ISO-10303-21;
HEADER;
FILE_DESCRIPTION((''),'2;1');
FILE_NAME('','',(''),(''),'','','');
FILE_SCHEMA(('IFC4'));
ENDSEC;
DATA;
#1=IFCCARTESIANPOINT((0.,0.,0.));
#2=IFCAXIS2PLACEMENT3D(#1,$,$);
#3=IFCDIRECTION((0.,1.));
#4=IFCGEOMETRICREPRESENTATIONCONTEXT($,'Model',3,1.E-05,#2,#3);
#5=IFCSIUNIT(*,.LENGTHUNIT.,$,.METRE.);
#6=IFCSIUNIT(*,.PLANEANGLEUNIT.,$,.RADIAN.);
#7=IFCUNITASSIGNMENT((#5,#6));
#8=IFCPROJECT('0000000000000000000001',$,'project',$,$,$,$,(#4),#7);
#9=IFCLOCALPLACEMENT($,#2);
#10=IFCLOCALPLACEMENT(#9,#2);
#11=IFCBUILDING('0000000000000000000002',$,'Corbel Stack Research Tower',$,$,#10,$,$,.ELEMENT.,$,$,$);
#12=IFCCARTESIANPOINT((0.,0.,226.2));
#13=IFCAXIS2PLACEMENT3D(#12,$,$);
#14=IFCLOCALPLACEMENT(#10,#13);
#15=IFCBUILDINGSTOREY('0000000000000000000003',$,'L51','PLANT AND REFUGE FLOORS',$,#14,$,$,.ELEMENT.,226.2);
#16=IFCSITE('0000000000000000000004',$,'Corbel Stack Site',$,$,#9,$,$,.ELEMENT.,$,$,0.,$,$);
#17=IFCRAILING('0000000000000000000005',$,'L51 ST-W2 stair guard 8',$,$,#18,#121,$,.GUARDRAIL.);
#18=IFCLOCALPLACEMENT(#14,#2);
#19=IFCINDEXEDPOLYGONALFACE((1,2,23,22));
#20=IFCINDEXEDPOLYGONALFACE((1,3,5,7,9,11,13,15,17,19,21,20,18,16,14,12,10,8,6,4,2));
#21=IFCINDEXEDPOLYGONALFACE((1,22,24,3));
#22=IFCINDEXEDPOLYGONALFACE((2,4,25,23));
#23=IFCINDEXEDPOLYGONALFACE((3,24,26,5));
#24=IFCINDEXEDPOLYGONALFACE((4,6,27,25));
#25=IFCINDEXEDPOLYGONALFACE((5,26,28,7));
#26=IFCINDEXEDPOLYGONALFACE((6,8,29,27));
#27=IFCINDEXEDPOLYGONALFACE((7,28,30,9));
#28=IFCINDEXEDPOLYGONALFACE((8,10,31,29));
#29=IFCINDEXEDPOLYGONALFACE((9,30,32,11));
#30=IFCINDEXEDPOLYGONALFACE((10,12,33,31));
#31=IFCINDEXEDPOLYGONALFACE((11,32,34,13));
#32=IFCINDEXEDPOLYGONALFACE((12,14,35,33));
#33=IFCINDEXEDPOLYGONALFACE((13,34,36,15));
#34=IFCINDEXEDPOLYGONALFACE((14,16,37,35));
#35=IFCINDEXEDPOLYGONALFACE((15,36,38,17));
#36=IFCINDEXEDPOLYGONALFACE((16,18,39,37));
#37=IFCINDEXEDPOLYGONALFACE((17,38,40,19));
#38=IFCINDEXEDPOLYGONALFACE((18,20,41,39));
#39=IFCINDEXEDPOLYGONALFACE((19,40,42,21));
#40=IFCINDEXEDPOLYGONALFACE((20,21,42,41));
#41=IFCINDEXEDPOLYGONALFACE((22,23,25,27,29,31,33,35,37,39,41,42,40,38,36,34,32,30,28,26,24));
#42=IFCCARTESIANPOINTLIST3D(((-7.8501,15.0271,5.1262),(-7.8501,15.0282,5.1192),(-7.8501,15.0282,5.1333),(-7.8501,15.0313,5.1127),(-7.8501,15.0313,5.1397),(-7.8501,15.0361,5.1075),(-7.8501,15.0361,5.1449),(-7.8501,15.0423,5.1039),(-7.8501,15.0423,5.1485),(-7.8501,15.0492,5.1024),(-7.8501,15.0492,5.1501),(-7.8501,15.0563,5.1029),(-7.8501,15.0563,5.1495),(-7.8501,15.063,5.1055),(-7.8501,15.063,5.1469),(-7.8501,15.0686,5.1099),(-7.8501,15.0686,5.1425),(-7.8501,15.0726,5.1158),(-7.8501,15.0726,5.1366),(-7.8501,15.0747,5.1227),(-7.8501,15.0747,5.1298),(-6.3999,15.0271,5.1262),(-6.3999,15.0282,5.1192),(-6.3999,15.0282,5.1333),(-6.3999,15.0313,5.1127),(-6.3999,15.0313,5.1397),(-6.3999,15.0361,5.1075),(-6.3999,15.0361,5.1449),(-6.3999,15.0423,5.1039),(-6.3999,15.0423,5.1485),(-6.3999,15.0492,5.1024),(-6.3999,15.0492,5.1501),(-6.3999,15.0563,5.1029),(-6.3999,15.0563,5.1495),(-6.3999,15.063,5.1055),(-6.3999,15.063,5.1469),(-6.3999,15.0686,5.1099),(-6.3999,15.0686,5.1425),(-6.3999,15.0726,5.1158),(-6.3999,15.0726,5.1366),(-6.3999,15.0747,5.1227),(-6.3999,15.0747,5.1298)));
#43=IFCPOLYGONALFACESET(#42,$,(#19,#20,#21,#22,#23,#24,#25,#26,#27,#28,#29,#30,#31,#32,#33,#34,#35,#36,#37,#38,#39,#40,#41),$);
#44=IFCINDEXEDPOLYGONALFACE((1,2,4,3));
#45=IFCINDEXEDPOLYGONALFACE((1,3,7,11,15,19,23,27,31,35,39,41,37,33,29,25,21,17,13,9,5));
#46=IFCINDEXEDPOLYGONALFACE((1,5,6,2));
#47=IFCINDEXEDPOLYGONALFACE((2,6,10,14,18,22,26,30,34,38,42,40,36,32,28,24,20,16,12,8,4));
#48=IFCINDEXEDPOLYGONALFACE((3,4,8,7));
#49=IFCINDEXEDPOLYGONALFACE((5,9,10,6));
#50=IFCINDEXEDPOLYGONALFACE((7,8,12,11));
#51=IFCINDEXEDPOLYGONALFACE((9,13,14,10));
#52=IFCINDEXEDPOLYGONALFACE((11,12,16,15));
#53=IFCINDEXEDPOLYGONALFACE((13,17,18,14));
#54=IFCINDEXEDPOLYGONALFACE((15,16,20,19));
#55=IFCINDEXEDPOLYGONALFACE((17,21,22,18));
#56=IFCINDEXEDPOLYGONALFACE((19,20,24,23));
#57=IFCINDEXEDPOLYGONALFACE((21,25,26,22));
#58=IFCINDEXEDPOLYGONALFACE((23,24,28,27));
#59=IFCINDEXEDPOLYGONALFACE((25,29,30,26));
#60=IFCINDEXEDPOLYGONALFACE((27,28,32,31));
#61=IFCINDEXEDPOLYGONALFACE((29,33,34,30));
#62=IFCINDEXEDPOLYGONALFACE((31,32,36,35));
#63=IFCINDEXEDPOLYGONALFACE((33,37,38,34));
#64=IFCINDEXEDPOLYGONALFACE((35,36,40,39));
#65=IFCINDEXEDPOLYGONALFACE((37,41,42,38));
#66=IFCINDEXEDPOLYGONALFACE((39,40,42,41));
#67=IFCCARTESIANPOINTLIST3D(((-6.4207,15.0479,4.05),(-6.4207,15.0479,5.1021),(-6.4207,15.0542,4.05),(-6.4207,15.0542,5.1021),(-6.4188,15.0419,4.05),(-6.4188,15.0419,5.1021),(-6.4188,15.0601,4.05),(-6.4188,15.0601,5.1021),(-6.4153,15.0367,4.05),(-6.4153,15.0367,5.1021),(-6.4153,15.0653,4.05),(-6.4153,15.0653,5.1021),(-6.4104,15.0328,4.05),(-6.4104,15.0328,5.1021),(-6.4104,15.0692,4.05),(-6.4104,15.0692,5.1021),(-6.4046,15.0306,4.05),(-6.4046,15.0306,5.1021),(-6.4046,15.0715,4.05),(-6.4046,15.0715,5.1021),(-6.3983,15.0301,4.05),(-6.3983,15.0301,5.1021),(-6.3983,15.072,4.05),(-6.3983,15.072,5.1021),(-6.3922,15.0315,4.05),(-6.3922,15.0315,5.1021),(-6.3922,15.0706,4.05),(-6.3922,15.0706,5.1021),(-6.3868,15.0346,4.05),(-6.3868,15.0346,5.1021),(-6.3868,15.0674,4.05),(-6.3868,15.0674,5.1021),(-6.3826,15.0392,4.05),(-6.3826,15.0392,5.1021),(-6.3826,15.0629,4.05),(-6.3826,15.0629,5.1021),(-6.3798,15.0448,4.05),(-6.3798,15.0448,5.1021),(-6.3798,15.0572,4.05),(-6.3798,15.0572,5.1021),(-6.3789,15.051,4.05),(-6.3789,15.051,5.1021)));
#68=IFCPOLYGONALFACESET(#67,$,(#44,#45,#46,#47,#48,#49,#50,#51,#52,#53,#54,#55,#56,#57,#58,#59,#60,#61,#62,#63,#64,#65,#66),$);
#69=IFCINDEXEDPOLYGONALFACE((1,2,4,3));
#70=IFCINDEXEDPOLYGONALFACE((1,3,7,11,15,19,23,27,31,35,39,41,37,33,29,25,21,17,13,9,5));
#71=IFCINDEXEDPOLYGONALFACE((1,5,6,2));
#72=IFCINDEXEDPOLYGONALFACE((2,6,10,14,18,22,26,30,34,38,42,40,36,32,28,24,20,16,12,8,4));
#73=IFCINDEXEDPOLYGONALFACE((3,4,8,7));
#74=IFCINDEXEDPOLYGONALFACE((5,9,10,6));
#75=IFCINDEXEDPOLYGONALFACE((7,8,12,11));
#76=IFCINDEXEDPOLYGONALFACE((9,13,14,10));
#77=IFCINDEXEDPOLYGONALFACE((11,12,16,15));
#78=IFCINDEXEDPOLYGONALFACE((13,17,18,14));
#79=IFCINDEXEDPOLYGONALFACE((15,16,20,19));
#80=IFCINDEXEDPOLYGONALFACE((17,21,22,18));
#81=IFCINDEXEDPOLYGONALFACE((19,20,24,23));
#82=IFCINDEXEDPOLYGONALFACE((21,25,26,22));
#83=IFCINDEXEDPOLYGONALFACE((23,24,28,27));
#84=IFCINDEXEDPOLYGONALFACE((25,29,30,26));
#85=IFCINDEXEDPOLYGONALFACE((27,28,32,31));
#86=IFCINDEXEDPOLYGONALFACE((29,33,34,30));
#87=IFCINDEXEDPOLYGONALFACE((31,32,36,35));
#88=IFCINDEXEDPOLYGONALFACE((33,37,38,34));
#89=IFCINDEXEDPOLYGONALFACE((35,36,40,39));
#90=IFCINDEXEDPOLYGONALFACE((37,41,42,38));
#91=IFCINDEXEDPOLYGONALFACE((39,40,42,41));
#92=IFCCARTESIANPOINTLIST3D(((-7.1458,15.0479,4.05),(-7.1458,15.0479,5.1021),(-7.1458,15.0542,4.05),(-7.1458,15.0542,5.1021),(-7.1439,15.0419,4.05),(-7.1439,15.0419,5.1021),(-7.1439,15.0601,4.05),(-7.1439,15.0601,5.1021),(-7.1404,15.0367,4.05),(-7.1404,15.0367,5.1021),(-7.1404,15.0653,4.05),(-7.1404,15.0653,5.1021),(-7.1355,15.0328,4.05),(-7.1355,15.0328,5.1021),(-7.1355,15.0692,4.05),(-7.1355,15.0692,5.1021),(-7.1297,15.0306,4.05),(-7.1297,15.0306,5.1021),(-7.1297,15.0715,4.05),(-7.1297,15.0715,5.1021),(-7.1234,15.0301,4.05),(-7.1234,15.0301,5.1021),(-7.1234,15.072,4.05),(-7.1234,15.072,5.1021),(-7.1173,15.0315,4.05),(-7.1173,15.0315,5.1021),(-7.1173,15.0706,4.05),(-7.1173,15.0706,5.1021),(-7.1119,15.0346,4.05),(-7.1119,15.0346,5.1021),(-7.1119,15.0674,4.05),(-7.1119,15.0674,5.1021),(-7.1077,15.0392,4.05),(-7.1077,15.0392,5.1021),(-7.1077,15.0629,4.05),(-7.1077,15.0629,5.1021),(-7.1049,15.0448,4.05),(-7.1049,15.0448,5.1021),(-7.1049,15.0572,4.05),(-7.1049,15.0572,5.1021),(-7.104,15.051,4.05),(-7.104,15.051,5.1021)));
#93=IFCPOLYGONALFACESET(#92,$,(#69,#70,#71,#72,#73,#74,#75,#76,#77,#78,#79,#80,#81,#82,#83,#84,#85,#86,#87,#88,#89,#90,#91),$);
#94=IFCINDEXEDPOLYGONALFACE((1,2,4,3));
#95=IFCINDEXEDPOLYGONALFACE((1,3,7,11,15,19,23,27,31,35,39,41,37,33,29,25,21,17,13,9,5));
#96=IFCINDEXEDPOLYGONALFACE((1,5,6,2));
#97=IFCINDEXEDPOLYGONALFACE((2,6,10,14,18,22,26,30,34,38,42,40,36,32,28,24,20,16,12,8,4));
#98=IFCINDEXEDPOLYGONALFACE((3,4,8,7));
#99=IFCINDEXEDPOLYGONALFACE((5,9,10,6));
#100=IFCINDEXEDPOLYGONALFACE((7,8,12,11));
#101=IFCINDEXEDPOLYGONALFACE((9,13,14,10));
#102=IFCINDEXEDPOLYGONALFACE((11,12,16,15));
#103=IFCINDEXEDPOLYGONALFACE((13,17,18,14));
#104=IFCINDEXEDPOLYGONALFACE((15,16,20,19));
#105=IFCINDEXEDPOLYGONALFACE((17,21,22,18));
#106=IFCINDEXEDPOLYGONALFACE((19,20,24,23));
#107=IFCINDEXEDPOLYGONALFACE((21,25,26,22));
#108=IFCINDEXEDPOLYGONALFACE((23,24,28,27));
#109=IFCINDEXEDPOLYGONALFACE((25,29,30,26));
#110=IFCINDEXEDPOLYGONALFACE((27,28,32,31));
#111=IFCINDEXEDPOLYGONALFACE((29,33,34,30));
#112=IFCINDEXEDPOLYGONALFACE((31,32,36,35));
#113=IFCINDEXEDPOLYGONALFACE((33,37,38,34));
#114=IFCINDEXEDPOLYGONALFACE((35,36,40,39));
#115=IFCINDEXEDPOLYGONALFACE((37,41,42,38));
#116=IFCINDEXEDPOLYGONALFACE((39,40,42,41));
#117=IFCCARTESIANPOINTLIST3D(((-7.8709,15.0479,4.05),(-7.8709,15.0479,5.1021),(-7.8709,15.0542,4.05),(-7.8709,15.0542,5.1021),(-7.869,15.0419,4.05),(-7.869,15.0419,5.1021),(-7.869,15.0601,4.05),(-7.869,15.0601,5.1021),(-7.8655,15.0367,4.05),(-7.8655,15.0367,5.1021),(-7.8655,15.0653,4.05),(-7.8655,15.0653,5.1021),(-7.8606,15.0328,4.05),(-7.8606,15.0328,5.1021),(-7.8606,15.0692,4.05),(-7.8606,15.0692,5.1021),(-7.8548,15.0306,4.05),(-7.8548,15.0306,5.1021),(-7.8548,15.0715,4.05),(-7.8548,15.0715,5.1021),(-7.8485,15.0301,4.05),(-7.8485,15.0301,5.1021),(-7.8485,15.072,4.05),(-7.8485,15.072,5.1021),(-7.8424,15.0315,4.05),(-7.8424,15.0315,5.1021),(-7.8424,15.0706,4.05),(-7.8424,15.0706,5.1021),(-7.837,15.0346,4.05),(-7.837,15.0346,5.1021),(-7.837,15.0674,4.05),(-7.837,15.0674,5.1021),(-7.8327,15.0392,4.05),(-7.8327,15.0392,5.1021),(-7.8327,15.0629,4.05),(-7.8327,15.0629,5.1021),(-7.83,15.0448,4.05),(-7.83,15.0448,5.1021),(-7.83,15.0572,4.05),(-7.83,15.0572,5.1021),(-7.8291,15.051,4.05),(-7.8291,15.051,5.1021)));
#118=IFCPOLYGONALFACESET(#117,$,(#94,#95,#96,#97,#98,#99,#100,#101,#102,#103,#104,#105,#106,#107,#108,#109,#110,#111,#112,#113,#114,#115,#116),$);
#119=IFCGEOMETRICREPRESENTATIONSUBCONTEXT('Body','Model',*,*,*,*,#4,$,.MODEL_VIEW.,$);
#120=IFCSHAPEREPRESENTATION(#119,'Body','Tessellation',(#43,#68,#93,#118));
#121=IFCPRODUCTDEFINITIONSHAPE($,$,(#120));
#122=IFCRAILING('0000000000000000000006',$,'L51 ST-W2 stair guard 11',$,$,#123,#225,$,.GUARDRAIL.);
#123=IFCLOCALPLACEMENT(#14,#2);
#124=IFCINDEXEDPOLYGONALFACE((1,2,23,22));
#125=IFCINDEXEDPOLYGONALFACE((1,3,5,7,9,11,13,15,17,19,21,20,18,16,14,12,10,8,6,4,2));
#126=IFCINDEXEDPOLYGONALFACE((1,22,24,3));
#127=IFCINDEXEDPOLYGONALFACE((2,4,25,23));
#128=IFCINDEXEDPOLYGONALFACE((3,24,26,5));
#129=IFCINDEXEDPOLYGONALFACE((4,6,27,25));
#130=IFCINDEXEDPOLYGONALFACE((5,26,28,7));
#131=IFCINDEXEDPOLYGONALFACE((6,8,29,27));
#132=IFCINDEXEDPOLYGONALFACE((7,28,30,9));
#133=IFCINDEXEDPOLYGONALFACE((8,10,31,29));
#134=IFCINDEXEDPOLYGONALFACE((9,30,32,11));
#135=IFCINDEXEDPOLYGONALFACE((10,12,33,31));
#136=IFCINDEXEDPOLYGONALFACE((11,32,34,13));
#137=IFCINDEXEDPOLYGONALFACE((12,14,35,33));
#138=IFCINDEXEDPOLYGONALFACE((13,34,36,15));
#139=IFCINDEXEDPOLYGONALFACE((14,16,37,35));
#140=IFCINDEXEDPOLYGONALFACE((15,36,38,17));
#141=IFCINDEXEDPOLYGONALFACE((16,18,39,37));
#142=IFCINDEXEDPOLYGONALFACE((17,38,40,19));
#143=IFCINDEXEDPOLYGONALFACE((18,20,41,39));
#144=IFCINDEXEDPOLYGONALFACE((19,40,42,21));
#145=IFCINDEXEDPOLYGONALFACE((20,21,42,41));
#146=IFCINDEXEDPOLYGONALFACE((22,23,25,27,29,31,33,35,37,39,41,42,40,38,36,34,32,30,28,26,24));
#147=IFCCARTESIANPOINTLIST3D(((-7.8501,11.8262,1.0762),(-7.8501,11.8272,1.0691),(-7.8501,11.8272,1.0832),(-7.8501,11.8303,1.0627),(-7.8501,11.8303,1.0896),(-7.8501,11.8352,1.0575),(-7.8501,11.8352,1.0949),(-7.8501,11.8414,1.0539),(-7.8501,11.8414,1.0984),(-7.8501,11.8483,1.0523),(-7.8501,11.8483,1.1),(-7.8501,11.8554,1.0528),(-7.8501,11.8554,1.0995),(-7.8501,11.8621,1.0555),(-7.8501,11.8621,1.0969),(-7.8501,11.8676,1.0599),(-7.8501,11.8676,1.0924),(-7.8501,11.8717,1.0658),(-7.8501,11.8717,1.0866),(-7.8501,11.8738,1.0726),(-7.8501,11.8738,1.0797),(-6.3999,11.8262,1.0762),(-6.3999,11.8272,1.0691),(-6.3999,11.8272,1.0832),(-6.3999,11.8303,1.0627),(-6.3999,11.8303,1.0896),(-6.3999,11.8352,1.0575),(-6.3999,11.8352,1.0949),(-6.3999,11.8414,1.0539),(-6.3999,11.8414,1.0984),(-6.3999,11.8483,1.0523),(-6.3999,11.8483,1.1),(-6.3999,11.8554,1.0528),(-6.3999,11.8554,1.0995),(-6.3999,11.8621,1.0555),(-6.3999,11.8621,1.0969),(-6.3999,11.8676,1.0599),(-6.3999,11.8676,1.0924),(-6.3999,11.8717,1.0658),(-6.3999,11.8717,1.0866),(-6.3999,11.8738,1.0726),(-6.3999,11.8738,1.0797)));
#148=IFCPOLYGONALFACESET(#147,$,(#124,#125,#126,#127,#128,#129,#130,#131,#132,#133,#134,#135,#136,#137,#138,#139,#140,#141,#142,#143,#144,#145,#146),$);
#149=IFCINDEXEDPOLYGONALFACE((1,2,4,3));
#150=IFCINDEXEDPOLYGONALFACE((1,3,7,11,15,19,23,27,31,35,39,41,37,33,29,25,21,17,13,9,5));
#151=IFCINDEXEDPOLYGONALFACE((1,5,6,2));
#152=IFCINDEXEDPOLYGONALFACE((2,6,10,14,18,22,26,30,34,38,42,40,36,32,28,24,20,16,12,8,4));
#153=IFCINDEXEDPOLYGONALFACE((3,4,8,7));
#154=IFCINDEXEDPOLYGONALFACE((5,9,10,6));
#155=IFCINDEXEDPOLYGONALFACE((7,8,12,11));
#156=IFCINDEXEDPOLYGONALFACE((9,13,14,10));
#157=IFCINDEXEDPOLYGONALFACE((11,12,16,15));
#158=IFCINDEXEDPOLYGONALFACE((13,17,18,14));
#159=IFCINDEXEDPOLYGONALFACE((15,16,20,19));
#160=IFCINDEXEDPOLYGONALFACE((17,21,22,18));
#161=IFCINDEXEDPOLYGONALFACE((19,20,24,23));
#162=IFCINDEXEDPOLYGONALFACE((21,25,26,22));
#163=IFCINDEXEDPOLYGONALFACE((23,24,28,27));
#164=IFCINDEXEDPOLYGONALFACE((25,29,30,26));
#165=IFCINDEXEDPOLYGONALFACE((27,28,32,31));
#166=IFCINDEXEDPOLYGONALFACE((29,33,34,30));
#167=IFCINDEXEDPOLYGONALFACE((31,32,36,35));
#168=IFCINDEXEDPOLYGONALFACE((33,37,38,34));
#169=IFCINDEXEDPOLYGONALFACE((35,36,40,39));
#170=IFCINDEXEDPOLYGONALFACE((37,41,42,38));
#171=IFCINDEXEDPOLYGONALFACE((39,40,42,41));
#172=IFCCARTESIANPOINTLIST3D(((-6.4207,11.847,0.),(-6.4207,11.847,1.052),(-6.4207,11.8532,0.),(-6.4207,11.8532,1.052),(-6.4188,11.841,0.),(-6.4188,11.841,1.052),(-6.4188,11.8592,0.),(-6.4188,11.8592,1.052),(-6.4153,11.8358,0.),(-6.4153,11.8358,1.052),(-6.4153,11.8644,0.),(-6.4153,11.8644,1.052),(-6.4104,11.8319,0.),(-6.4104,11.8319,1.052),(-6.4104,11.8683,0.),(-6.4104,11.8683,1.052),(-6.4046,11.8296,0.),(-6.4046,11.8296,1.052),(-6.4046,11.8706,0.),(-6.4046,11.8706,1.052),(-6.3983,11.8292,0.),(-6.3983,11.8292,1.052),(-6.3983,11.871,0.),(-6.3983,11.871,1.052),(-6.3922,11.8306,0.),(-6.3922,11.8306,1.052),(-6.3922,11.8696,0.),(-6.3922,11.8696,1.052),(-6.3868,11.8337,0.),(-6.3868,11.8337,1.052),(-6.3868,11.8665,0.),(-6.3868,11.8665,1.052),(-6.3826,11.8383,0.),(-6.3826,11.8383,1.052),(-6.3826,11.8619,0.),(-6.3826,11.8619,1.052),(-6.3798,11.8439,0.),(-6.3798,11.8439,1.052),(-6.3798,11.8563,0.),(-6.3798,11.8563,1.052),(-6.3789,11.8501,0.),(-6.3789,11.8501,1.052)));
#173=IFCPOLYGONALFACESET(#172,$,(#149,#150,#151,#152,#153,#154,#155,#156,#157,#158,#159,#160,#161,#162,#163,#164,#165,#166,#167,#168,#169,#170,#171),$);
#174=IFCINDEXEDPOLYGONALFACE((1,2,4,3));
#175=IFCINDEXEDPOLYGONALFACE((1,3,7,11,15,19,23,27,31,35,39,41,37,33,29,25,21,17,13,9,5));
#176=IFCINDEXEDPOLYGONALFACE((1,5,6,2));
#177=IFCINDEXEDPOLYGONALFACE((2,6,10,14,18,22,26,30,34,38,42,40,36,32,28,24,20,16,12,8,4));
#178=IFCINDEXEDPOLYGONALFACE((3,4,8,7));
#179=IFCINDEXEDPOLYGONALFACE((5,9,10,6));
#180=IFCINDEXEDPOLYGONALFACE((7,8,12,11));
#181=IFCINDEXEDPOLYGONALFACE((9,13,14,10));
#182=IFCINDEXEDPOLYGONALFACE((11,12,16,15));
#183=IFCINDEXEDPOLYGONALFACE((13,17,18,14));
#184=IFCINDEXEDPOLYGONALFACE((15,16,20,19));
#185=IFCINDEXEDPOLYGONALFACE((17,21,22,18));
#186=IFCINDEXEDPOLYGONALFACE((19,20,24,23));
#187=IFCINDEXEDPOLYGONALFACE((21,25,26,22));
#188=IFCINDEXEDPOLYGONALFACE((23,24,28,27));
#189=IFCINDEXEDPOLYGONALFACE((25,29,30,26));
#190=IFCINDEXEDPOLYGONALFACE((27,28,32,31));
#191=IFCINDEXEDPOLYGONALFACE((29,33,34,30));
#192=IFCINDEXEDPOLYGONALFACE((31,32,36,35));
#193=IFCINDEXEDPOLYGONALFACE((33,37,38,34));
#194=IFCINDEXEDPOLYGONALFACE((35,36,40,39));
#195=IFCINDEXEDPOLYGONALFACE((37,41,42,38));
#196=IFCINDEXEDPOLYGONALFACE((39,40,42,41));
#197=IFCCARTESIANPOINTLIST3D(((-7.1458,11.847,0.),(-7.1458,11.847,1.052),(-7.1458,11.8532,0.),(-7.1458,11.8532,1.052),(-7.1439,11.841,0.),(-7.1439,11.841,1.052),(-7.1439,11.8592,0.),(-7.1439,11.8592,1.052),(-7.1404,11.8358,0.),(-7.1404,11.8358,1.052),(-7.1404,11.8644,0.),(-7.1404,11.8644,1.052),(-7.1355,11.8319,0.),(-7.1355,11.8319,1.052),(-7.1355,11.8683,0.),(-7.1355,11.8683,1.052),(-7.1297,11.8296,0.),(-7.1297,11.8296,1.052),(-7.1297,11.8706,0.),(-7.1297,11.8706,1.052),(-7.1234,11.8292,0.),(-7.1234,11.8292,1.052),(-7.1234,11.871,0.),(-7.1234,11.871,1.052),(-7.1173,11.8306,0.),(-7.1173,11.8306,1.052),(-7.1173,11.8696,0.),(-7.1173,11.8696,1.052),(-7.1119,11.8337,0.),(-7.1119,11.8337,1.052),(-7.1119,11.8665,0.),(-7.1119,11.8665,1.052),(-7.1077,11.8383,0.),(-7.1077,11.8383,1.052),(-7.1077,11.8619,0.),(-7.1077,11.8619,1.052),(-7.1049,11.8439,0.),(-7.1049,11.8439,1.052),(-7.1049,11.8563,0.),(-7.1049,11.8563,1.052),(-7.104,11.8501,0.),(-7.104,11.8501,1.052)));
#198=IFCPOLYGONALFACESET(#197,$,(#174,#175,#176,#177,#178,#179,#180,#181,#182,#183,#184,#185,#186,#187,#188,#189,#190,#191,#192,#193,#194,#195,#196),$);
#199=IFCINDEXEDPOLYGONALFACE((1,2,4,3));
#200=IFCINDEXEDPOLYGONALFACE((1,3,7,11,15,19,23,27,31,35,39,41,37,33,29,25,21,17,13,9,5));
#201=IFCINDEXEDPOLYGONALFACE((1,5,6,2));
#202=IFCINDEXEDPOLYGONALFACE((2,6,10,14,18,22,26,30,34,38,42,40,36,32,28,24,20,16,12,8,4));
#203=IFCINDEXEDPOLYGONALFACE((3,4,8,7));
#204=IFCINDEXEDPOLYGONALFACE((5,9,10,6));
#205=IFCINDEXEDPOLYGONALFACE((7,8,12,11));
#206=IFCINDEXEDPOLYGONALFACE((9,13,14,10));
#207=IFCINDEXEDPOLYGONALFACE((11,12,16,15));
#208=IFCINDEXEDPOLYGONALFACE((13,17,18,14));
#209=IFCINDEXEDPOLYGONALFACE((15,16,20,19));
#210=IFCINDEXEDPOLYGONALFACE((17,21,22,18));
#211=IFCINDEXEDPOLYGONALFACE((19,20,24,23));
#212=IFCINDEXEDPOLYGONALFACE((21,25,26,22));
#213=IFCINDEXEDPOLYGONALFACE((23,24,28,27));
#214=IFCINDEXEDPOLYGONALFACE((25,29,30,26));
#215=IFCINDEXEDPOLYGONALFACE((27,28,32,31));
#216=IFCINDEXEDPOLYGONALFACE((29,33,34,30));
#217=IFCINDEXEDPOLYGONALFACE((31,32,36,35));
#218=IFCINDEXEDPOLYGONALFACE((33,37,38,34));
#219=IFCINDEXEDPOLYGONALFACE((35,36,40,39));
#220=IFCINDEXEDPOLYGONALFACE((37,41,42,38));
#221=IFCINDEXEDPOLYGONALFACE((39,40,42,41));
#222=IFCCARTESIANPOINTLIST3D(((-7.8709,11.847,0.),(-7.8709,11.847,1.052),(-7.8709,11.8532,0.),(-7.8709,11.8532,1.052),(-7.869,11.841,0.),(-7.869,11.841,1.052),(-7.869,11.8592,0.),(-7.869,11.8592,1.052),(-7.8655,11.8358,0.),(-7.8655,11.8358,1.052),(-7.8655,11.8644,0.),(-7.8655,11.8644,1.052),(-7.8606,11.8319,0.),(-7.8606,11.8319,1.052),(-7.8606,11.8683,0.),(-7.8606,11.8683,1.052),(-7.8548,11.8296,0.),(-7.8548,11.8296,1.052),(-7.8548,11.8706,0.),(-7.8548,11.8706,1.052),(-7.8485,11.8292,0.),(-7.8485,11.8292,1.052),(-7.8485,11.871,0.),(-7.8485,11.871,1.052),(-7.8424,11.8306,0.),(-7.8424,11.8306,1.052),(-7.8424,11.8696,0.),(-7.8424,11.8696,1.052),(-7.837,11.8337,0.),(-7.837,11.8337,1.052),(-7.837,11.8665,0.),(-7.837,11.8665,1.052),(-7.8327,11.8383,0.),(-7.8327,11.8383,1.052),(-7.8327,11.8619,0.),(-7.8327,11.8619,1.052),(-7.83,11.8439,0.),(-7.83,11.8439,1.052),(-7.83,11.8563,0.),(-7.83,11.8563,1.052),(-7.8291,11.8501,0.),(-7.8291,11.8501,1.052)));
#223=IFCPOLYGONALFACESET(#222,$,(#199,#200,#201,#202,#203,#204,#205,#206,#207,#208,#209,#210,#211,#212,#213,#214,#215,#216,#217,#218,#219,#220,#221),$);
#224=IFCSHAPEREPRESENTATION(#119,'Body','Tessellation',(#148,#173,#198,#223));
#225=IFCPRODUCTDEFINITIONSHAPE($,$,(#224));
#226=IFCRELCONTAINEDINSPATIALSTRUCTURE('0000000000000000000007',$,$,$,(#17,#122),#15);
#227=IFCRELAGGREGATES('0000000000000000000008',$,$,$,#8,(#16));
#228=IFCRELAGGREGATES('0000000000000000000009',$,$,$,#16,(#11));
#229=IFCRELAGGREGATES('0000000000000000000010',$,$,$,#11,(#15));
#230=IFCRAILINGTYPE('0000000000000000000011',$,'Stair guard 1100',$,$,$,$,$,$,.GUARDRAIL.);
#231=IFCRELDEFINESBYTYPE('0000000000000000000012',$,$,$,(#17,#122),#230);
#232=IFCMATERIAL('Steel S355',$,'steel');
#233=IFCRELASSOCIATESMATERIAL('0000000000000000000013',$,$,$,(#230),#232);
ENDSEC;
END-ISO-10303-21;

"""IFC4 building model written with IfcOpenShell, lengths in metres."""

from ifc_helpers import new_model, si_unit, direction, frame, origin, origin_2d, place, context, subcontext, project, spatial, circle, extrude, material, type_object, element, save


model = new_model("IFC4")

# Units and contexts
model_context = context("Model", 3, precision=1e-05, world=origin(), true_north=direction((0.0, 1.0)))
body_context = subcontext(model_context, "Body", "Model", "MODEL_VIEW")
ifc_project = project(units=[si_unit("LENGTHUNIT", "METRE"), si_unit("PLANEANGLEUNIT", "RADIAN")], contexts=[model_context])

# Site, building, storey
site_placement = place(None, origin())
site = spatial("IfcSite", under=ifc_project, at=site_placement, Name="Corbel Stack Site", CompositionType="ELEMENT", RefElevation=0.0)
building_placement = place(site_placement, origin())
building = spatial("IfcBuilding", under=site, at=building_placement, Name="Corbel Stack Research Tower", CompositionType="ELEMENT")
storey_placement = place(building_placement, frame((0.0, 0.0, 226.2)))
storey = spatial("IfcBuildingStorey", under=building, at=storey_placement, Name="L51", Description="PLANT AND REFUGE FLOORS", CompositionType="ELEMENT", Elevation=226.2)

# Railings
ifc_material_1 = material(Name="Steel S355", Category="steel")
railing_type_1 = type_object("IfcRailingType", Name="Stair guard 1100", PredefinedType="GUARDRAIL", material=ifc_material_1)
for number, where, name in (
    (1, (-6.3999, 15.051, 4.05), "L51 ST-W2 stair guard 8"),
    (2, (-6.3999, 11.8501, 0.0), "L51 ST-W2 stair guard 11"),
):
    element("IfcRailing", number, at=place(storey_placement, frame(where)), inside=storey, type_object=railing_type_1, Name=name, PredefinedType="GUARDRAIL", context=body_context, shape_type="SweptSolid", body=[
        extrude(circle(Radius=0.0239, at=origin_2d()), frame((0.0, 0.0, 1.0762), z_axis=(-1.0, 0.0, 0.0), x_axis=(0.0, -1.0, 0.0)), (0.0, 0.0, 1.0), 1.4502),
        extrude(circle(Radius=0.021, at=origin_2d()), origin(), (0.0, 0.0, 1.0), 1.052),
        extrude(circle(Radius=0.021, at=origin_2d()), frame((-0.7251, 0.0, 0.0)), (0.0, 0.0, 1.0), 1.052),
        extrude(circle(Radius=0.021, at=origin_2d()), frame((-1.4502, 0.0, 0.0)), (0.0, 0.0, 1.0), 1.052),
    ])

save(model, "model.ifc")
